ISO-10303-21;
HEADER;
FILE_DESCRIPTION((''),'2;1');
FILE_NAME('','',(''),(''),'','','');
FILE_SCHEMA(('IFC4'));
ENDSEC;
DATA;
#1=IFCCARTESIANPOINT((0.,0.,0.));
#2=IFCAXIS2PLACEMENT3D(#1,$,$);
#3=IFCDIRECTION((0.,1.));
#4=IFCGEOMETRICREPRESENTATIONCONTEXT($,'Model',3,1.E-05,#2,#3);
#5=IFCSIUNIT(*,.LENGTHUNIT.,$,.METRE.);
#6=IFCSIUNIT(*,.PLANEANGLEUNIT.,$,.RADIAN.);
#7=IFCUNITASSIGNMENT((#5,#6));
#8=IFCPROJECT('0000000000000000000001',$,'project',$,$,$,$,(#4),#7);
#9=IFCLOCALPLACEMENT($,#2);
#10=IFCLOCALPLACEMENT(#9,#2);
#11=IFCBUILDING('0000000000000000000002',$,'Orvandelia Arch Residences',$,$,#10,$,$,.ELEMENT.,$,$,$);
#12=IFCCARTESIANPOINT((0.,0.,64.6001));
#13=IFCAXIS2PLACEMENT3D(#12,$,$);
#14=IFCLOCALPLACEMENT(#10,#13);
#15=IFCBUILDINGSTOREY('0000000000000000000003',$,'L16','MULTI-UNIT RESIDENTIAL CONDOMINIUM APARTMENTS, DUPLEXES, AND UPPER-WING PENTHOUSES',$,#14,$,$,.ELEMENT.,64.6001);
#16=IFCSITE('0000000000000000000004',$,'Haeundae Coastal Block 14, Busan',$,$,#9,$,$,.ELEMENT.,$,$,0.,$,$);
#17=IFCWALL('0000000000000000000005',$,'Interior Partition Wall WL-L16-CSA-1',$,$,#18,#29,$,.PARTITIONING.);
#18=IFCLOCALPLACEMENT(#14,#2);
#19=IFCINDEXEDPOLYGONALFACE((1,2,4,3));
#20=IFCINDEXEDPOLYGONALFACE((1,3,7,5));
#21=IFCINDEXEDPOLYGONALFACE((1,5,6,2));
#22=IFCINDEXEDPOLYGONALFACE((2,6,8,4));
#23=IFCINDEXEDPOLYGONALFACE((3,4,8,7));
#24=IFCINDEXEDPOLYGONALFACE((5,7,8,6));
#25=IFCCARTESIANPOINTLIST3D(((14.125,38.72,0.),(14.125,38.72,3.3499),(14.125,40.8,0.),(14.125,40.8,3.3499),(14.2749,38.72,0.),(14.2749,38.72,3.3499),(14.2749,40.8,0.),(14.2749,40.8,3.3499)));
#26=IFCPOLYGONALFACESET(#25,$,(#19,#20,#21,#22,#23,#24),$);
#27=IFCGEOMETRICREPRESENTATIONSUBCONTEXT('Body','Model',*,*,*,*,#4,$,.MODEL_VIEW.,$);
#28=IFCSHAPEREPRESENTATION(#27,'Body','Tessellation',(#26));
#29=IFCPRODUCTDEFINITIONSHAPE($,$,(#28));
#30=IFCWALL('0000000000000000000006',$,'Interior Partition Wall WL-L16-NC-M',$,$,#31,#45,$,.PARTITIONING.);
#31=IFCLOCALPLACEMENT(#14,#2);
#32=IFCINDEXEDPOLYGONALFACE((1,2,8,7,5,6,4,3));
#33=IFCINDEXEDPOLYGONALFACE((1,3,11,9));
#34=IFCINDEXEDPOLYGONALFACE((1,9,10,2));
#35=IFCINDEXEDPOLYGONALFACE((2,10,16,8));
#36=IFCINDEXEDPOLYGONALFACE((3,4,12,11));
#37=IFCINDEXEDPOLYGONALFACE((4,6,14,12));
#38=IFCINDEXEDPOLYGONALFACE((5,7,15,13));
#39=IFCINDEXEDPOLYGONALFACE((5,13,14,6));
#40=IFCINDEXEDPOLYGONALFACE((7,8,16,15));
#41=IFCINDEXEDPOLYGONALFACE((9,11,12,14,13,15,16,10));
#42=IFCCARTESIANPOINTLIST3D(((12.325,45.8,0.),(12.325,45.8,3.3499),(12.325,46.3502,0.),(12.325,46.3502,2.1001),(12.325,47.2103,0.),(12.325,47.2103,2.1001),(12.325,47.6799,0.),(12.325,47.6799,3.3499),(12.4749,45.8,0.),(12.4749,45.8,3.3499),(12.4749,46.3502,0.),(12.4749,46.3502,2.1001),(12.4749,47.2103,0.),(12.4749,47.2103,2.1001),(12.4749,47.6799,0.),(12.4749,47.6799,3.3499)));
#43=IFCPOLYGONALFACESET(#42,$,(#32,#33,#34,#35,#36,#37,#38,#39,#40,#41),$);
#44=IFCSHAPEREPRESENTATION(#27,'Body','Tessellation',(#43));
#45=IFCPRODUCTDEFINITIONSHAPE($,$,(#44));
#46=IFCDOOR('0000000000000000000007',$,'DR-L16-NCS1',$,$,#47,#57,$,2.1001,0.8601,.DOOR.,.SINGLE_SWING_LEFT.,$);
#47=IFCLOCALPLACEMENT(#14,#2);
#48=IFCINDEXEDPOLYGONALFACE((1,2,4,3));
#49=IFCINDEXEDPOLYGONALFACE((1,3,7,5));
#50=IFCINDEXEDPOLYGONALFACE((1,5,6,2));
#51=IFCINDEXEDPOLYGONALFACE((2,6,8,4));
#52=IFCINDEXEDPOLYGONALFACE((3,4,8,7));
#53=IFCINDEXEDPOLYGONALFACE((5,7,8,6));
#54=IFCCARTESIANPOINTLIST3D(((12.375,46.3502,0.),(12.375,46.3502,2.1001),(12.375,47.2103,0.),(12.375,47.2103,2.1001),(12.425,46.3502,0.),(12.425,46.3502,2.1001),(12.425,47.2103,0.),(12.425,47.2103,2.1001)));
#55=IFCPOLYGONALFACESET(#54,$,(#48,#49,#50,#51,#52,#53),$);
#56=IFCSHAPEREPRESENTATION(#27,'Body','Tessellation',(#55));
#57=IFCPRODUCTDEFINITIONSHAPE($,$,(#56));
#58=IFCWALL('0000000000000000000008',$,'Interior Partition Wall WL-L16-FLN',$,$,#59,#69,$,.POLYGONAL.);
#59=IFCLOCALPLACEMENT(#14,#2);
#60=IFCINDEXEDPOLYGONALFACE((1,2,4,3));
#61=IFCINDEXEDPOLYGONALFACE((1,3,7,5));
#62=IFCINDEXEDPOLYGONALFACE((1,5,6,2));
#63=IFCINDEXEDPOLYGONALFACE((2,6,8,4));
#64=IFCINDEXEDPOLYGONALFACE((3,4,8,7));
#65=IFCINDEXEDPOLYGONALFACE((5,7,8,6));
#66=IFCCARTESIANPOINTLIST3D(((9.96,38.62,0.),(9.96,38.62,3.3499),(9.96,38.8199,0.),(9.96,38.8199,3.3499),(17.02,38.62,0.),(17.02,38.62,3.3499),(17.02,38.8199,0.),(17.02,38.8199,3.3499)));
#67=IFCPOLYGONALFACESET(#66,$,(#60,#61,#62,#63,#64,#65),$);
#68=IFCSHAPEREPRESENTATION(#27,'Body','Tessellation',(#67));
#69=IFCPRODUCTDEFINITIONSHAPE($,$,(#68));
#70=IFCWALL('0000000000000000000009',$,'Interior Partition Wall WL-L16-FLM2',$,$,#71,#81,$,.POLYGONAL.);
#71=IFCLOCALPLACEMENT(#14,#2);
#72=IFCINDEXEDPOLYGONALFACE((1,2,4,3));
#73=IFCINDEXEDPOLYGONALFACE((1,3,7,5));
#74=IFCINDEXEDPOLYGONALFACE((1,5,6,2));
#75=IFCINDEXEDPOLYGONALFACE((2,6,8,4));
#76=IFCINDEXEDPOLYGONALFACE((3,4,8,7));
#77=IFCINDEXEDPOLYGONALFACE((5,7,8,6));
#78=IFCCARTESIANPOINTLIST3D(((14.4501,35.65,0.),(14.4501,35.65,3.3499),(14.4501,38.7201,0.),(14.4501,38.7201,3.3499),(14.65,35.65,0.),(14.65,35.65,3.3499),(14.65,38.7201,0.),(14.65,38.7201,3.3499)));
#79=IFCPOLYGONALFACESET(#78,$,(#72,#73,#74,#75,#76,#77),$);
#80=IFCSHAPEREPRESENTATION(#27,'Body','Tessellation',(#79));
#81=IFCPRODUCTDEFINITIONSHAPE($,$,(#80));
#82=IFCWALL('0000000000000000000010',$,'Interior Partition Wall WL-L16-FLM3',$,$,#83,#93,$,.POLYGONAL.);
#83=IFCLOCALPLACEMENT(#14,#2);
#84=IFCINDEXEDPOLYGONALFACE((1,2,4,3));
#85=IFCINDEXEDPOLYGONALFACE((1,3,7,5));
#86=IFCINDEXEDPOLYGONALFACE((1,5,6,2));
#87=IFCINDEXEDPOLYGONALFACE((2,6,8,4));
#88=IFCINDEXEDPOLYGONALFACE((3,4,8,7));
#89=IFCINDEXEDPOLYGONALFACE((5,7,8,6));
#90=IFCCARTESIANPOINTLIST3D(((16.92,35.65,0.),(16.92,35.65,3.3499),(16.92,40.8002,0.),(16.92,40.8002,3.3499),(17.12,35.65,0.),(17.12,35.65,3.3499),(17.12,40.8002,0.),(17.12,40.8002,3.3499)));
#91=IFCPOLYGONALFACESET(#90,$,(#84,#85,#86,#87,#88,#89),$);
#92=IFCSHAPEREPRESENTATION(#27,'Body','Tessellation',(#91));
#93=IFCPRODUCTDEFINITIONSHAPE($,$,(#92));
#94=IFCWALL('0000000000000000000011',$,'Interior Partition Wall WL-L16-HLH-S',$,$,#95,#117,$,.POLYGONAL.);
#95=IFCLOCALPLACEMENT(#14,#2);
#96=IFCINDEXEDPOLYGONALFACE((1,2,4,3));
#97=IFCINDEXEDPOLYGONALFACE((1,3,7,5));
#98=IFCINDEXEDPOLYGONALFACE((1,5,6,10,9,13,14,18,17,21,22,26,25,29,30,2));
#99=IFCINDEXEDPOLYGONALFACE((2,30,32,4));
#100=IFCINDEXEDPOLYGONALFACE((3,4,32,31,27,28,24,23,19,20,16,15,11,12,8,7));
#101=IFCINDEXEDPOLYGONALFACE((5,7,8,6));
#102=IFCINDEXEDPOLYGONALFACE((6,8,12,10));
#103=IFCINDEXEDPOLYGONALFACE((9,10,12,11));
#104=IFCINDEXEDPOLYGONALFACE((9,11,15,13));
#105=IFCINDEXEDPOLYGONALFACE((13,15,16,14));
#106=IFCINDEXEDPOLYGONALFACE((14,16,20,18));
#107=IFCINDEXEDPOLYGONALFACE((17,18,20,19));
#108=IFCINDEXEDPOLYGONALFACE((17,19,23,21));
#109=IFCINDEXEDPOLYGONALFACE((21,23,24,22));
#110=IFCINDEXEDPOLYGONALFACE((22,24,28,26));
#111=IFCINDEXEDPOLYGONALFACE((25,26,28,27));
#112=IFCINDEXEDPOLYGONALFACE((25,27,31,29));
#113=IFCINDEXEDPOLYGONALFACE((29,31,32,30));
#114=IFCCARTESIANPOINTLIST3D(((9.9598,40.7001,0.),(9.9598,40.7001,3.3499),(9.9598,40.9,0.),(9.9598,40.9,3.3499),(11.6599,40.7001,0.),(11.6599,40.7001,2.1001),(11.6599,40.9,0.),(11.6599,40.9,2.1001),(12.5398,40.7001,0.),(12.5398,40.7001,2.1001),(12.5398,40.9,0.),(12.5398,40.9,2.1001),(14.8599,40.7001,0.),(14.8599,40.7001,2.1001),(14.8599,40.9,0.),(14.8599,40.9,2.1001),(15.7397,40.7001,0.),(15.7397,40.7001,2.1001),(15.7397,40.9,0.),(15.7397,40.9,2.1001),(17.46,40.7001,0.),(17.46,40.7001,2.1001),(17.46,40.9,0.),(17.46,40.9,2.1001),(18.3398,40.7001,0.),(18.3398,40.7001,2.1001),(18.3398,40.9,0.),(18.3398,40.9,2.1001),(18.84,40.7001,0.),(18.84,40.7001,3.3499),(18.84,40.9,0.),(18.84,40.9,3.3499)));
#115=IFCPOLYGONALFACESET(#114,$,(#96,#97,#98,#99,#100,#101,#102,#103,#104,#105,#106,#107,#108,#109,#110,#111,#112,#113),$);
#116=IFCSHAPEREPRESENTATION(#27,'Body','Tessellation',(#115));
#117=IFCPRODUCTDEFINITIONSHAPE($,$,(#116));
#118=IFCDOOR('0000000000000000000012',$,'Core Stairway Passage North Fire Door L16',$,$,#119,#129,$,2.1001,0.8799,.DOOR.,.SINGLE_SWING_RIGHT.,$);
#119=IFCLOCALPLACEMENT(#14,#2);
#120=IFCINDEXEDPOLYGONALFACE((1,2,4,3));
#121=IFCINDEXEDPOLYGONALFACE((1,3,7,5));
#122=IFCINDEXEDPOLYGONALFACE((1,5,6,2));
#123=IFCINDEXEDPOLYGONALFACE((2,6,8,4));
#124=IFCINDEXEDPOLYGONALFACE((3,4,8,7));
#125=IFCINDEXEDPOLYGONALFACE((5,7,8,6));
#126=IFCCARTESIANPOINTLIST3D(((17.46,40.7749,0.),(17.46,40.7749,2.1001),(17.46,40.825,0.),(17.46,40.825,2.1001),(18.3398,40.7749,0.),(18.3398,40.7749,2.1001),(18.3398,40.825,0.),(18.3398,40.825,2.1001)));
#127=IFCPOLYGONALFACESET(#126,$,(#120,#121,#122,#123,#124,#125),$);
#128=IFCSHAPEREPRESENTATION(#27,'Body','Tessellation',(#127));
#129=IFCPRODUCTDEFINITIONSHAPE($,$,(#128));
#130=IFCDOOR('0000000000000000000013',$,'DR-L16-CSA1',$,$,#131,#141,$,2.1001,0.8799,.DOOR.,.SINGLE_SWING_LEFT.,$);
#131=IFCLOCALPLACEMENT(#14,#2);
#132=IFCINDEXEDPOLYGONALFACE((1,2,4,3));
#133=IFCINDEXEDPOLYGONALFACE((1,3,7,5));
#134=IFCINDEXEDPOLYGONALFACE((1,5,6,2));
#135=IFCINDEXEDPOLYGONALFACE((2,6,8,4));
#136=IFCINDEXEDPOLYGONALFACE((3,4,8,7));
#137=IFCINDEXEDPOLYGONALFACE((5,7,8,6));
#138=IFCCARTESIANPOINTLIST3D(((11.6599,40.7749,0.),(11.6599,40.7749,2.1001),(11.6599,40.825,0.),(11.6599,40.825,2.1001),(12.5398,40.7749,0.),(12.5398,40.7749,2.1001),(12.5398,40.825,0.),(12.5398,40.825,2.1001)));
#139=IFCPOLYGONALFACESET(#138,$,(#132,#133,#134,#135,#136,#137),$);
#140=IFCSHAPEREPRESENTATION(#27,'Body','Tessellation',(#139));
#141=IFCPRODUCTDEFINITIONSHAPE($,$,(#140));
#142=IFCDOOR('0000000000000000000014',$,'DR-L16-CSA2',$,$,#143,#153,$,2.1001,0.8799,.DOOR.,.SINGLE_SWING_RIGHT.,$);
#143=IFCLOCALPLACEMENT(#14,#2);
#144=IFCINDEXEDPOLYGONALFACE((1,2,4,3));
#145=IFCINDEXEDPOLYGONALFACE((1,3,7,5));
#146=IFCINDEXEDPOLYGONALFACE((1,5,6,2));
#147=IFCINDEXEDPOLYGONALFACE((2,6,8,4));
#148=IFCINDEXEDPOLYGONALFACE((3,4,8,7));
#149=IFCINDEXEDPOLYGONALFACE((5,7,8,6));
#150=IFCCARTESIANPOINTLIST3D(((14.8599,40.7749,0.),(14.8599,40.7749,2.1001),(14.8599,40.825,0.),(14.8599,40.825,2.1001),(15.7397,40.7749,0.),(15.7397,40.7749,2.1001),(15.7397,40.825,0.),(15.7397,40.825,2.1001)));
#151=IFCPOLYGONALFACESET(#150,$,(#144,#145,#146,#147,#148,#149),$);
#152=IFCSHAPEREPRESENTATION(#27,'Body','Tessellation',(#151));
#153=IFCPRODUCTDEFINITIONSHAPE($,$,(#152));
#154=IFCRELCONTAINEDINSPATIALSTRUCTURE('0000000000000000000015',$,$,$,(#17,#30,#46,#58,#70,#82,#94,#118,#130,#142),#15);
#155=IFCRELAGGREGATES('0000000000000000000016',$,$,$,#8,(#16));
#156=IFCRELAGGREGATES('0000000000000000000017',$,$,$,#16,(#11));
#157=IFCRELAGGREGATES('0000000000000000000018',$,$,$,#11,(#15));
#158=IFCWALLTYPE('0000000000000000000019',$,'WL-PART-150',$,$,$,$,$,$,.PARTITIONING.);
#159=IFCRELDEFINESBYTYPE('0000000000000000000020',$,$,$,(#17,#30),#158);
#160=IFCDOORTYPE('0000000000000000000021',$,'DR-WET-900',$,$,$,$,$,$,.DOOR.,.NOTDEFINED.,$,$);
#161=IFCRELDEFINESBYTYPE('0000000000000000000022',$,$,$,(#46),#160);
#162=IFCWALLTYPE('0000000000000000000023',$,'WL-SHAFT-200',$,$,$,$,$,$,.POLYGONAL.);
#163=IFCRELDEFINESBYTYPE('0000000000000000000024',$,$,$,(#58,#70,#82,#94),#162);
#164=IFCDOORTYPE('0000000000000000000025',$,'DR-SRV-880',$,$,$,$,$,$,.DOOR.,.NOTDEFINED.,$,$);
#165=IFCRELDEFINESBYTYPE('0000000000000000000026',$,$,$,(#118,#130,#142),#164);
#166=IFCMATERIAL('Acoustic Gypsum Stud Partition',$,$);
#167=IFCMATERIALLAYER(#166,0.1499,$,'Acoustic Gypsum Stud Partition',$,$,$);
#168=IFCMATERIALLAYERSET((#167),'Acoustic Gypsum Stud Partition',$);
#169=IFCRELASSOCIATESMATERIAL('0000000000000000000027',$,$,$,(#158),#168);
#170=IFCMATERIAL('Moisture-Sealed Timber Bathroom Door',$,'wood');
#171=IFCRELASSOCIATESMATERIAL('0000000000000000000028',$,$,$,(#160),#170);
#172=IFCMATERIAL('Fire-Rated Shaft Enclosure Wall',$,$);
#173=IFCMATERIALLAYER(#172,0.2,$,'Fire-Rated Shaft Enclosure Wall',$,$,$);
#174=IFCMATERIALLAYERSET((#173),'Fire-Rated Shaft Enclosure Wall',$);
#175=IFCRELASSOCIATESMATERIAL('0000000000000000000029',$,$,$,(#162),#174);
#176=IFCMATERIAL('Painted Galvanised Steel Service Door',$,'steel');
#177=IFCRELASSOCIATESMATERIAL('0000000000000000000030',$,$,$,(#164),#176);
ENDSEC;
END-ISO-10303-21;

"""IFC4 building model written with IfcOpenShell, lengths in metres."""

from ifc_helpers import new_model, si_unit, direction, frame, frame_2d, origin, place, context, subcontext, project, spatial, rectangle, extrude, material, layer, layer_set, type_object, element, fill, save


model = new_model("IFC4")

# Units and contexts
model_context = context("Model", 3, precision=1e-05, world=origin(), true_north=direction((0.0, 1.0)))
body_context = subcontext(model_context, "Body", "Model", "MODEL_VIEW")
ifc_project = project(units=[si_unit("LENGTHUNIT", "METRE"), si_unit("PLANEANGLEUNIT", "RADIAN")], contexts=[model_context])

# Site, building, storey
site_placement = place(None, origin())
site = spatial("IfcSite", under=ifc_project, at=site_placement, Name="Haeundae Coastal Block 14, Busan", CompositionType="ELEMENT", RefElevation=0.0)
building_placement = place(site_placement, origin())
building = spatial("IfcBuilding", under=site, at=building_placement, Name="Orvandelia Arch Residences", CompositionType="ELEMENT")
storey_placement = place(building_placement, frame((0.0, 0.0, 64.6001)))
storey = spatial("IfcBuildingStorey", under=building, at=storey_placement, Name="L16", Description="MULTI-UNIT RESIDENTIAL CONDOMINIUM APARTMENTS, DUPLEXES, AND UPPER-WING PENTHOUSES", CompositionType="ELEMENT", Elevation=64.6001)

# Wall
ifc_material_1 = material(Name="Acoustic Gypsum Stud Partition")
ifc_layer_1 = layer(ifc_material_1, 0.1499, Name="Acoustic Gypsum Stud Partition")
ifc_layer_set_1 = layer_set([ifc_layer_1], Name="Acoustic Gypsum Stud Partition")
wall_type_1 = type_object("IfcWallType", Name="WL-PART-150", PredefinedType="PARTITIONING", material=ifc_layer_set_1)
wall_1_placement = place(storey_placement, frame((14.2, 38.72, 0.0), z_axis=(0.0, 0.0, 1.0), x_axis=(0.0, 1.0, 0.0)))
element("IfcWall", 1, at=wall_1_placement, inside=storey, type_object=wall_type_1, Name="Interior Partition Wall WL-L16-CSA-1", PredefinedType="PARTITIONING", context=body_context, shape_type="SweptSolid", body=[
    extrude(rectangle(XDim=2.0801, YDim=0.1499, at=frame_2d((1.04, 0.0))), origin(), (0.0, 0.0, 1.0), 3.3499),
])

# Wall, opening, door
wall_2_placement = place(storey_placement, frame((12.3999, 45.8, 0.0), z_axis=(0.0, 0.0, 1.0), x_axis=(0.0, 1.0, 0.0)))
wall_2 = element("IfcWall", 2, at=wall_2_placement, inside=storey, type_object=wall_type_1, Name="Interior Partition Wall WL-L16-NC-M", PredefinedType="PARTITIONING", context=body_context, shape_type="SweptSolid", body=[
    extrude(rectangle(XDim=1.8799, YDim=0.1499, at=frame_2d((0.9399, 0.0))), origin(), (0.0, 0.0, 1.0), 3.3499),
])
opening_1_placement = place(wall_2_placement, frame((0.55, 0.0, 0.0)))
opening_1 = element("IfcOpeningElement", 3, at=opening_1_placement, cuts=wall_2, PredefinedType="OPENING", context=body_context, shape_type="SweptSolid", body=[
    extrude(rectangle(XDim=0.8601, YDim=2.1001, at=frame_2d((0.4302, 1.05))), frame((0.0, 0.085, 0.0), z_axis=(0.0, -1.0, 0.0), x_axis=(1.0, 0.0, 0.0)), (0.0, 0.0, 1.0), 0.1699),
])
ifc_material_2 = material(Name="Moisture-Sealed Timber Bathroom Door", Category="wood")
door_type_1 = type_object("IfcDoorType", Name="DR-WET-900", OperationType="NOTDEFINED", PredefinedType="DOOR", material=ifc_material_2)
door_1_placement = place(opening_1_placement, origin())
door_1 = element("IfcDoor", 4, at=door_1_placement, inside=storey, type_object=door_type_1, Name="DR-L16-NCS1", OperationType="SINGLE_SWING_LEFT", OverallHeight=2.1001, OverallWidth=0.8601, PredefinedType="DOOR", context=body_context, shape_type="SweptSolid", body=[
    extrude(rectangle(XDim=0.8601, YDim=2.1001, at=frame_2d((0.4302, 1.05))), frame((0.0, 0.0249, 0.0), z_axis=(0.0, -1.0, 0.0), x_axis=(1.0, 0.0, 0.0)), (0.0, 0.0, 1.0), 0.05),
])
fill(opening_1, door_1)

# Walls
ifc_material_3 = material(Name="Fire-Rated Shaft Enclosure Wall")
ifc_layer_2 = layer(ifc_material_3, 0.2, Name="Fire-Rated Shaft Enclosure Wall")
ifc_layer_set_2 = layer_set([ifc_layer_2], Name="Fire-Rated Shaft Enclosure Wall")
wall_type_2 = type_object("IfcWallType", Name="WL-SHAFT-200", PredefinedType="POLYGONAL", material=ifc_layer_set_2)
wall_3_placement = place(storey_placement, frame((9.96, 38.72, 0.0), z_axis=(0.0, 0.0, 1.0), x_axis=(1.0, 0.0, 0.0)))
element("IfcWall", 5, at=wall_3_placement, inside=storey, type_object=wall_type_2, Name="Interior Partition Wall WL-L16-FLN", PredefinedType="POLYGONAL", context=body_context, shape_type="SweptSolid", body=[
    extrude(rectangle(XDim=7.0601, YDim=0.2, at=frame_2d((3.53, 0.0))), origin(), (0.0, 0.0, 1.0), 3.3499),
])
wall_4_placement = place(storey_placement, frame((14.55, 35.6499, 0.0), z_axis=(0.0, 0.0, 1.0), x_axis=(0.0, 1.0, 0.0)))
element("IfcWall", 6, at=wall_4_placement, inside=storey, type_object=wall_type_2, Name="Interior Partition Wall WL-L16-FLM2", PredefinedType="POLYGONAL", context=body_context, shape_type="SweptSolid", body=[
    extrude(rectangle(XDim=3.0701, YDim=0.2, at=frame_2d((1.5352, 0.0))), origin(), (0.0, 0.0, 1.0), 3.3499),
])
wall_5_placement = place(storey_placement, frame((17.02, 35.6499, 0.0), z_axis=(0.0, 0.0, 1.0), x_axis=(0.0, 1.0, 0.0)))
element("IfcWall", 7, at=wall_5_placement, inside=storey, type_object=wall_type_2, Name="Interior Partition Wall WL-L16-FLM3", PredefinedType="POLYGONAL", context=body_context, shape_type="SweptSolid", body=[
    extrude(rectangle(XDim=5.1501, YDim=0.2, at=frame_2d((2.5752, 0.0))), origin(), (0.0, 0.0, 1.0), 3.3499),
])

# Wall, openings, doors
wall_6_placement = place(storey_placement, frame((9.96, 40.8, 0.0), z_axis=(0.0, 0.0, 1.0), x_axis=(1.0, 0.0, 0.0)))
wall_6 = element("IfcWall", 8, at=wall_6_placement, inside=storey, type_object=wall_type_2, Name="Interior Partition Wall WL-L16-HLH-S", PredefinedType="POLYGONAL", context=body_context, shape_type="SweptSolid", body=[
    extrude(rectangle(XDim=8.8801, YDim=0.2, at=frame_2d((4.4399, 0.0))), origin(), (0.0, 0.0, 1.0), 3.3499),
])
opening_2_placement = place(wall_6_placement, frame((7.5, 0.0, 0.0)))
opening_2 = element("IfcOpeningElement", 9, at=opening_2_placement, cuts=wall_6, PredefinedType="OPENING", context=body_context, shape_type="SweptSolid", body=[
    extrude(rectangle(XDim=0.8799, YDim=2.1001, at=frame_2d((0.4399, 1.05))), frame((0.0, 0.1099, 0.0), z_axis=(0.0, -1.0, 0.0), x_axis=(1.0, 0.0, 0.0)), (0.0, 0.0, 1.0), 0.22),
])
opening_3_placement = place(wall_6_placement, frame((1.7, 0.0, 0.0)))
opening_3 = element("IfcOpeningElement", 10, at=opening_3_placement, cuts=wall_6, PredefinedType="OPENING", context=body_context, shape_type="SweptSolid", body=[
    extrude(rectangle(XDim=0.8799, YDim=2.1001, at=frame_2d((0.4399, 1.05))), frame((0.0, 0.1099, 0.0), z_axis=(0.0, -1.0, 0.0), x_axis=(1.0, 0.0, 0.0)), (0.0, 0.0, 1.0), 0.22),
])
opening_4_placement = place(wall_6_placement, frame((4.8999, 0.0, 0.0)))
opening_4 = element("IfcOpeningElement", 11, at=opening_4_placement, cuts=wall_6, PredefinedType="OPENING", context=body_context, shape_type="SweptSolid", body=[
    extrude(rectangle(XDim=0.8799, YDim=2.1001, at=frame_2d((0.4399, 1.05))), frame((0.0, 0.1099, 0.0), z_axis=(0.0, -1.0, 0.0), x_axis=(1.0, 0.0, 0.0)), (0.0, 0.0, 1.0), 0.22),
])
ifc_material_4 = material(Name="Painted Galvanised Steel Service Door", Category="steel")
door_type_2 = type_object("IfcDoorType", Name="DR-SRV-880", OperationType="NOTDEFINED", PredefinedType="DOOR", material=ifc_material_4)
door_2_placement = place(opening_2_placement, origin())
door_2 = element("IfcDoor", 12, at=door_2_placement, inside=storey, type_object=door_type_2, Name="Core Stairway Passage North Fire Door L16", OperationType="SINGLE_SWING_RIGHT", OverallHeight=2.1001, OverallWidth=0.8799, PredefinedType="DOOR", context=body_context, shape_type="SweptSolid", body=[
    extrude(rectangle(XDim=0.8799, YDim=2.1001, at=frame_2d((0.4399, 1.05))), frame((0.0, 0.0249, 0.0), z_axis=(0.0, -1.0, 0.0), x_axis=(1.0, 0.0, 0.0)), (0.0, 0.0, 1.0), 0.05),
])
fill(opening_2, door_2)
door_3_placement = place(opening_3_placement, origin())
door_3 = element("IfcDoor", 13, at=door_3_placement, inside=storey, type_object=door_type_2, Name="DR-L16-CSA1", OperationType="SINGLE_SWING_LEFT", OverallHeight=2.1001, OverallWidth=0.8799, PredefinedType="DOOR", context=body_context, shape_type="SweptSolid", body=[
    extrude(rectangle(XDim=0.8799, YDim=2.1001, at=frame_2d((0.4399, 1.05))), frame((0.0, 0.0249, 0.0), z_axis=(0.0, -1.0, 0.0), x_axis=(1.0, 0.0, 0.0)), (0.0, 0.0, 1.0), 0.05),
])
fill(opening_3, door_3)
door_4_placement = place(opening_4_placement, origin())
door_4 = element("IfcDoor", 14, at=door_4_placement, inside=storey, type_object=door_type_2, Name="DR-L16-CSA2", OperationType="SINGLE_SWING_RIGHT", OverallHeight=2.1001, OverallWidth=0.8799, PredefinedType="DOOR", context=body_context, shape_type="SweptSolid", body=[
    extrude(rectangle(XDim=0.8799, YDim=2.1001, at=frame_2d((0.4399, 1.05))), frame((0.0, 0.0249, 0.0), z_axis=(0.0, -1.0, 0.0), x_axis=(1.0, 0.0, 0.0)), (0.0, 0.0, 1.0), 0.05),
])
fill(opening_4, door_4)

save(model, "model.ifc")
